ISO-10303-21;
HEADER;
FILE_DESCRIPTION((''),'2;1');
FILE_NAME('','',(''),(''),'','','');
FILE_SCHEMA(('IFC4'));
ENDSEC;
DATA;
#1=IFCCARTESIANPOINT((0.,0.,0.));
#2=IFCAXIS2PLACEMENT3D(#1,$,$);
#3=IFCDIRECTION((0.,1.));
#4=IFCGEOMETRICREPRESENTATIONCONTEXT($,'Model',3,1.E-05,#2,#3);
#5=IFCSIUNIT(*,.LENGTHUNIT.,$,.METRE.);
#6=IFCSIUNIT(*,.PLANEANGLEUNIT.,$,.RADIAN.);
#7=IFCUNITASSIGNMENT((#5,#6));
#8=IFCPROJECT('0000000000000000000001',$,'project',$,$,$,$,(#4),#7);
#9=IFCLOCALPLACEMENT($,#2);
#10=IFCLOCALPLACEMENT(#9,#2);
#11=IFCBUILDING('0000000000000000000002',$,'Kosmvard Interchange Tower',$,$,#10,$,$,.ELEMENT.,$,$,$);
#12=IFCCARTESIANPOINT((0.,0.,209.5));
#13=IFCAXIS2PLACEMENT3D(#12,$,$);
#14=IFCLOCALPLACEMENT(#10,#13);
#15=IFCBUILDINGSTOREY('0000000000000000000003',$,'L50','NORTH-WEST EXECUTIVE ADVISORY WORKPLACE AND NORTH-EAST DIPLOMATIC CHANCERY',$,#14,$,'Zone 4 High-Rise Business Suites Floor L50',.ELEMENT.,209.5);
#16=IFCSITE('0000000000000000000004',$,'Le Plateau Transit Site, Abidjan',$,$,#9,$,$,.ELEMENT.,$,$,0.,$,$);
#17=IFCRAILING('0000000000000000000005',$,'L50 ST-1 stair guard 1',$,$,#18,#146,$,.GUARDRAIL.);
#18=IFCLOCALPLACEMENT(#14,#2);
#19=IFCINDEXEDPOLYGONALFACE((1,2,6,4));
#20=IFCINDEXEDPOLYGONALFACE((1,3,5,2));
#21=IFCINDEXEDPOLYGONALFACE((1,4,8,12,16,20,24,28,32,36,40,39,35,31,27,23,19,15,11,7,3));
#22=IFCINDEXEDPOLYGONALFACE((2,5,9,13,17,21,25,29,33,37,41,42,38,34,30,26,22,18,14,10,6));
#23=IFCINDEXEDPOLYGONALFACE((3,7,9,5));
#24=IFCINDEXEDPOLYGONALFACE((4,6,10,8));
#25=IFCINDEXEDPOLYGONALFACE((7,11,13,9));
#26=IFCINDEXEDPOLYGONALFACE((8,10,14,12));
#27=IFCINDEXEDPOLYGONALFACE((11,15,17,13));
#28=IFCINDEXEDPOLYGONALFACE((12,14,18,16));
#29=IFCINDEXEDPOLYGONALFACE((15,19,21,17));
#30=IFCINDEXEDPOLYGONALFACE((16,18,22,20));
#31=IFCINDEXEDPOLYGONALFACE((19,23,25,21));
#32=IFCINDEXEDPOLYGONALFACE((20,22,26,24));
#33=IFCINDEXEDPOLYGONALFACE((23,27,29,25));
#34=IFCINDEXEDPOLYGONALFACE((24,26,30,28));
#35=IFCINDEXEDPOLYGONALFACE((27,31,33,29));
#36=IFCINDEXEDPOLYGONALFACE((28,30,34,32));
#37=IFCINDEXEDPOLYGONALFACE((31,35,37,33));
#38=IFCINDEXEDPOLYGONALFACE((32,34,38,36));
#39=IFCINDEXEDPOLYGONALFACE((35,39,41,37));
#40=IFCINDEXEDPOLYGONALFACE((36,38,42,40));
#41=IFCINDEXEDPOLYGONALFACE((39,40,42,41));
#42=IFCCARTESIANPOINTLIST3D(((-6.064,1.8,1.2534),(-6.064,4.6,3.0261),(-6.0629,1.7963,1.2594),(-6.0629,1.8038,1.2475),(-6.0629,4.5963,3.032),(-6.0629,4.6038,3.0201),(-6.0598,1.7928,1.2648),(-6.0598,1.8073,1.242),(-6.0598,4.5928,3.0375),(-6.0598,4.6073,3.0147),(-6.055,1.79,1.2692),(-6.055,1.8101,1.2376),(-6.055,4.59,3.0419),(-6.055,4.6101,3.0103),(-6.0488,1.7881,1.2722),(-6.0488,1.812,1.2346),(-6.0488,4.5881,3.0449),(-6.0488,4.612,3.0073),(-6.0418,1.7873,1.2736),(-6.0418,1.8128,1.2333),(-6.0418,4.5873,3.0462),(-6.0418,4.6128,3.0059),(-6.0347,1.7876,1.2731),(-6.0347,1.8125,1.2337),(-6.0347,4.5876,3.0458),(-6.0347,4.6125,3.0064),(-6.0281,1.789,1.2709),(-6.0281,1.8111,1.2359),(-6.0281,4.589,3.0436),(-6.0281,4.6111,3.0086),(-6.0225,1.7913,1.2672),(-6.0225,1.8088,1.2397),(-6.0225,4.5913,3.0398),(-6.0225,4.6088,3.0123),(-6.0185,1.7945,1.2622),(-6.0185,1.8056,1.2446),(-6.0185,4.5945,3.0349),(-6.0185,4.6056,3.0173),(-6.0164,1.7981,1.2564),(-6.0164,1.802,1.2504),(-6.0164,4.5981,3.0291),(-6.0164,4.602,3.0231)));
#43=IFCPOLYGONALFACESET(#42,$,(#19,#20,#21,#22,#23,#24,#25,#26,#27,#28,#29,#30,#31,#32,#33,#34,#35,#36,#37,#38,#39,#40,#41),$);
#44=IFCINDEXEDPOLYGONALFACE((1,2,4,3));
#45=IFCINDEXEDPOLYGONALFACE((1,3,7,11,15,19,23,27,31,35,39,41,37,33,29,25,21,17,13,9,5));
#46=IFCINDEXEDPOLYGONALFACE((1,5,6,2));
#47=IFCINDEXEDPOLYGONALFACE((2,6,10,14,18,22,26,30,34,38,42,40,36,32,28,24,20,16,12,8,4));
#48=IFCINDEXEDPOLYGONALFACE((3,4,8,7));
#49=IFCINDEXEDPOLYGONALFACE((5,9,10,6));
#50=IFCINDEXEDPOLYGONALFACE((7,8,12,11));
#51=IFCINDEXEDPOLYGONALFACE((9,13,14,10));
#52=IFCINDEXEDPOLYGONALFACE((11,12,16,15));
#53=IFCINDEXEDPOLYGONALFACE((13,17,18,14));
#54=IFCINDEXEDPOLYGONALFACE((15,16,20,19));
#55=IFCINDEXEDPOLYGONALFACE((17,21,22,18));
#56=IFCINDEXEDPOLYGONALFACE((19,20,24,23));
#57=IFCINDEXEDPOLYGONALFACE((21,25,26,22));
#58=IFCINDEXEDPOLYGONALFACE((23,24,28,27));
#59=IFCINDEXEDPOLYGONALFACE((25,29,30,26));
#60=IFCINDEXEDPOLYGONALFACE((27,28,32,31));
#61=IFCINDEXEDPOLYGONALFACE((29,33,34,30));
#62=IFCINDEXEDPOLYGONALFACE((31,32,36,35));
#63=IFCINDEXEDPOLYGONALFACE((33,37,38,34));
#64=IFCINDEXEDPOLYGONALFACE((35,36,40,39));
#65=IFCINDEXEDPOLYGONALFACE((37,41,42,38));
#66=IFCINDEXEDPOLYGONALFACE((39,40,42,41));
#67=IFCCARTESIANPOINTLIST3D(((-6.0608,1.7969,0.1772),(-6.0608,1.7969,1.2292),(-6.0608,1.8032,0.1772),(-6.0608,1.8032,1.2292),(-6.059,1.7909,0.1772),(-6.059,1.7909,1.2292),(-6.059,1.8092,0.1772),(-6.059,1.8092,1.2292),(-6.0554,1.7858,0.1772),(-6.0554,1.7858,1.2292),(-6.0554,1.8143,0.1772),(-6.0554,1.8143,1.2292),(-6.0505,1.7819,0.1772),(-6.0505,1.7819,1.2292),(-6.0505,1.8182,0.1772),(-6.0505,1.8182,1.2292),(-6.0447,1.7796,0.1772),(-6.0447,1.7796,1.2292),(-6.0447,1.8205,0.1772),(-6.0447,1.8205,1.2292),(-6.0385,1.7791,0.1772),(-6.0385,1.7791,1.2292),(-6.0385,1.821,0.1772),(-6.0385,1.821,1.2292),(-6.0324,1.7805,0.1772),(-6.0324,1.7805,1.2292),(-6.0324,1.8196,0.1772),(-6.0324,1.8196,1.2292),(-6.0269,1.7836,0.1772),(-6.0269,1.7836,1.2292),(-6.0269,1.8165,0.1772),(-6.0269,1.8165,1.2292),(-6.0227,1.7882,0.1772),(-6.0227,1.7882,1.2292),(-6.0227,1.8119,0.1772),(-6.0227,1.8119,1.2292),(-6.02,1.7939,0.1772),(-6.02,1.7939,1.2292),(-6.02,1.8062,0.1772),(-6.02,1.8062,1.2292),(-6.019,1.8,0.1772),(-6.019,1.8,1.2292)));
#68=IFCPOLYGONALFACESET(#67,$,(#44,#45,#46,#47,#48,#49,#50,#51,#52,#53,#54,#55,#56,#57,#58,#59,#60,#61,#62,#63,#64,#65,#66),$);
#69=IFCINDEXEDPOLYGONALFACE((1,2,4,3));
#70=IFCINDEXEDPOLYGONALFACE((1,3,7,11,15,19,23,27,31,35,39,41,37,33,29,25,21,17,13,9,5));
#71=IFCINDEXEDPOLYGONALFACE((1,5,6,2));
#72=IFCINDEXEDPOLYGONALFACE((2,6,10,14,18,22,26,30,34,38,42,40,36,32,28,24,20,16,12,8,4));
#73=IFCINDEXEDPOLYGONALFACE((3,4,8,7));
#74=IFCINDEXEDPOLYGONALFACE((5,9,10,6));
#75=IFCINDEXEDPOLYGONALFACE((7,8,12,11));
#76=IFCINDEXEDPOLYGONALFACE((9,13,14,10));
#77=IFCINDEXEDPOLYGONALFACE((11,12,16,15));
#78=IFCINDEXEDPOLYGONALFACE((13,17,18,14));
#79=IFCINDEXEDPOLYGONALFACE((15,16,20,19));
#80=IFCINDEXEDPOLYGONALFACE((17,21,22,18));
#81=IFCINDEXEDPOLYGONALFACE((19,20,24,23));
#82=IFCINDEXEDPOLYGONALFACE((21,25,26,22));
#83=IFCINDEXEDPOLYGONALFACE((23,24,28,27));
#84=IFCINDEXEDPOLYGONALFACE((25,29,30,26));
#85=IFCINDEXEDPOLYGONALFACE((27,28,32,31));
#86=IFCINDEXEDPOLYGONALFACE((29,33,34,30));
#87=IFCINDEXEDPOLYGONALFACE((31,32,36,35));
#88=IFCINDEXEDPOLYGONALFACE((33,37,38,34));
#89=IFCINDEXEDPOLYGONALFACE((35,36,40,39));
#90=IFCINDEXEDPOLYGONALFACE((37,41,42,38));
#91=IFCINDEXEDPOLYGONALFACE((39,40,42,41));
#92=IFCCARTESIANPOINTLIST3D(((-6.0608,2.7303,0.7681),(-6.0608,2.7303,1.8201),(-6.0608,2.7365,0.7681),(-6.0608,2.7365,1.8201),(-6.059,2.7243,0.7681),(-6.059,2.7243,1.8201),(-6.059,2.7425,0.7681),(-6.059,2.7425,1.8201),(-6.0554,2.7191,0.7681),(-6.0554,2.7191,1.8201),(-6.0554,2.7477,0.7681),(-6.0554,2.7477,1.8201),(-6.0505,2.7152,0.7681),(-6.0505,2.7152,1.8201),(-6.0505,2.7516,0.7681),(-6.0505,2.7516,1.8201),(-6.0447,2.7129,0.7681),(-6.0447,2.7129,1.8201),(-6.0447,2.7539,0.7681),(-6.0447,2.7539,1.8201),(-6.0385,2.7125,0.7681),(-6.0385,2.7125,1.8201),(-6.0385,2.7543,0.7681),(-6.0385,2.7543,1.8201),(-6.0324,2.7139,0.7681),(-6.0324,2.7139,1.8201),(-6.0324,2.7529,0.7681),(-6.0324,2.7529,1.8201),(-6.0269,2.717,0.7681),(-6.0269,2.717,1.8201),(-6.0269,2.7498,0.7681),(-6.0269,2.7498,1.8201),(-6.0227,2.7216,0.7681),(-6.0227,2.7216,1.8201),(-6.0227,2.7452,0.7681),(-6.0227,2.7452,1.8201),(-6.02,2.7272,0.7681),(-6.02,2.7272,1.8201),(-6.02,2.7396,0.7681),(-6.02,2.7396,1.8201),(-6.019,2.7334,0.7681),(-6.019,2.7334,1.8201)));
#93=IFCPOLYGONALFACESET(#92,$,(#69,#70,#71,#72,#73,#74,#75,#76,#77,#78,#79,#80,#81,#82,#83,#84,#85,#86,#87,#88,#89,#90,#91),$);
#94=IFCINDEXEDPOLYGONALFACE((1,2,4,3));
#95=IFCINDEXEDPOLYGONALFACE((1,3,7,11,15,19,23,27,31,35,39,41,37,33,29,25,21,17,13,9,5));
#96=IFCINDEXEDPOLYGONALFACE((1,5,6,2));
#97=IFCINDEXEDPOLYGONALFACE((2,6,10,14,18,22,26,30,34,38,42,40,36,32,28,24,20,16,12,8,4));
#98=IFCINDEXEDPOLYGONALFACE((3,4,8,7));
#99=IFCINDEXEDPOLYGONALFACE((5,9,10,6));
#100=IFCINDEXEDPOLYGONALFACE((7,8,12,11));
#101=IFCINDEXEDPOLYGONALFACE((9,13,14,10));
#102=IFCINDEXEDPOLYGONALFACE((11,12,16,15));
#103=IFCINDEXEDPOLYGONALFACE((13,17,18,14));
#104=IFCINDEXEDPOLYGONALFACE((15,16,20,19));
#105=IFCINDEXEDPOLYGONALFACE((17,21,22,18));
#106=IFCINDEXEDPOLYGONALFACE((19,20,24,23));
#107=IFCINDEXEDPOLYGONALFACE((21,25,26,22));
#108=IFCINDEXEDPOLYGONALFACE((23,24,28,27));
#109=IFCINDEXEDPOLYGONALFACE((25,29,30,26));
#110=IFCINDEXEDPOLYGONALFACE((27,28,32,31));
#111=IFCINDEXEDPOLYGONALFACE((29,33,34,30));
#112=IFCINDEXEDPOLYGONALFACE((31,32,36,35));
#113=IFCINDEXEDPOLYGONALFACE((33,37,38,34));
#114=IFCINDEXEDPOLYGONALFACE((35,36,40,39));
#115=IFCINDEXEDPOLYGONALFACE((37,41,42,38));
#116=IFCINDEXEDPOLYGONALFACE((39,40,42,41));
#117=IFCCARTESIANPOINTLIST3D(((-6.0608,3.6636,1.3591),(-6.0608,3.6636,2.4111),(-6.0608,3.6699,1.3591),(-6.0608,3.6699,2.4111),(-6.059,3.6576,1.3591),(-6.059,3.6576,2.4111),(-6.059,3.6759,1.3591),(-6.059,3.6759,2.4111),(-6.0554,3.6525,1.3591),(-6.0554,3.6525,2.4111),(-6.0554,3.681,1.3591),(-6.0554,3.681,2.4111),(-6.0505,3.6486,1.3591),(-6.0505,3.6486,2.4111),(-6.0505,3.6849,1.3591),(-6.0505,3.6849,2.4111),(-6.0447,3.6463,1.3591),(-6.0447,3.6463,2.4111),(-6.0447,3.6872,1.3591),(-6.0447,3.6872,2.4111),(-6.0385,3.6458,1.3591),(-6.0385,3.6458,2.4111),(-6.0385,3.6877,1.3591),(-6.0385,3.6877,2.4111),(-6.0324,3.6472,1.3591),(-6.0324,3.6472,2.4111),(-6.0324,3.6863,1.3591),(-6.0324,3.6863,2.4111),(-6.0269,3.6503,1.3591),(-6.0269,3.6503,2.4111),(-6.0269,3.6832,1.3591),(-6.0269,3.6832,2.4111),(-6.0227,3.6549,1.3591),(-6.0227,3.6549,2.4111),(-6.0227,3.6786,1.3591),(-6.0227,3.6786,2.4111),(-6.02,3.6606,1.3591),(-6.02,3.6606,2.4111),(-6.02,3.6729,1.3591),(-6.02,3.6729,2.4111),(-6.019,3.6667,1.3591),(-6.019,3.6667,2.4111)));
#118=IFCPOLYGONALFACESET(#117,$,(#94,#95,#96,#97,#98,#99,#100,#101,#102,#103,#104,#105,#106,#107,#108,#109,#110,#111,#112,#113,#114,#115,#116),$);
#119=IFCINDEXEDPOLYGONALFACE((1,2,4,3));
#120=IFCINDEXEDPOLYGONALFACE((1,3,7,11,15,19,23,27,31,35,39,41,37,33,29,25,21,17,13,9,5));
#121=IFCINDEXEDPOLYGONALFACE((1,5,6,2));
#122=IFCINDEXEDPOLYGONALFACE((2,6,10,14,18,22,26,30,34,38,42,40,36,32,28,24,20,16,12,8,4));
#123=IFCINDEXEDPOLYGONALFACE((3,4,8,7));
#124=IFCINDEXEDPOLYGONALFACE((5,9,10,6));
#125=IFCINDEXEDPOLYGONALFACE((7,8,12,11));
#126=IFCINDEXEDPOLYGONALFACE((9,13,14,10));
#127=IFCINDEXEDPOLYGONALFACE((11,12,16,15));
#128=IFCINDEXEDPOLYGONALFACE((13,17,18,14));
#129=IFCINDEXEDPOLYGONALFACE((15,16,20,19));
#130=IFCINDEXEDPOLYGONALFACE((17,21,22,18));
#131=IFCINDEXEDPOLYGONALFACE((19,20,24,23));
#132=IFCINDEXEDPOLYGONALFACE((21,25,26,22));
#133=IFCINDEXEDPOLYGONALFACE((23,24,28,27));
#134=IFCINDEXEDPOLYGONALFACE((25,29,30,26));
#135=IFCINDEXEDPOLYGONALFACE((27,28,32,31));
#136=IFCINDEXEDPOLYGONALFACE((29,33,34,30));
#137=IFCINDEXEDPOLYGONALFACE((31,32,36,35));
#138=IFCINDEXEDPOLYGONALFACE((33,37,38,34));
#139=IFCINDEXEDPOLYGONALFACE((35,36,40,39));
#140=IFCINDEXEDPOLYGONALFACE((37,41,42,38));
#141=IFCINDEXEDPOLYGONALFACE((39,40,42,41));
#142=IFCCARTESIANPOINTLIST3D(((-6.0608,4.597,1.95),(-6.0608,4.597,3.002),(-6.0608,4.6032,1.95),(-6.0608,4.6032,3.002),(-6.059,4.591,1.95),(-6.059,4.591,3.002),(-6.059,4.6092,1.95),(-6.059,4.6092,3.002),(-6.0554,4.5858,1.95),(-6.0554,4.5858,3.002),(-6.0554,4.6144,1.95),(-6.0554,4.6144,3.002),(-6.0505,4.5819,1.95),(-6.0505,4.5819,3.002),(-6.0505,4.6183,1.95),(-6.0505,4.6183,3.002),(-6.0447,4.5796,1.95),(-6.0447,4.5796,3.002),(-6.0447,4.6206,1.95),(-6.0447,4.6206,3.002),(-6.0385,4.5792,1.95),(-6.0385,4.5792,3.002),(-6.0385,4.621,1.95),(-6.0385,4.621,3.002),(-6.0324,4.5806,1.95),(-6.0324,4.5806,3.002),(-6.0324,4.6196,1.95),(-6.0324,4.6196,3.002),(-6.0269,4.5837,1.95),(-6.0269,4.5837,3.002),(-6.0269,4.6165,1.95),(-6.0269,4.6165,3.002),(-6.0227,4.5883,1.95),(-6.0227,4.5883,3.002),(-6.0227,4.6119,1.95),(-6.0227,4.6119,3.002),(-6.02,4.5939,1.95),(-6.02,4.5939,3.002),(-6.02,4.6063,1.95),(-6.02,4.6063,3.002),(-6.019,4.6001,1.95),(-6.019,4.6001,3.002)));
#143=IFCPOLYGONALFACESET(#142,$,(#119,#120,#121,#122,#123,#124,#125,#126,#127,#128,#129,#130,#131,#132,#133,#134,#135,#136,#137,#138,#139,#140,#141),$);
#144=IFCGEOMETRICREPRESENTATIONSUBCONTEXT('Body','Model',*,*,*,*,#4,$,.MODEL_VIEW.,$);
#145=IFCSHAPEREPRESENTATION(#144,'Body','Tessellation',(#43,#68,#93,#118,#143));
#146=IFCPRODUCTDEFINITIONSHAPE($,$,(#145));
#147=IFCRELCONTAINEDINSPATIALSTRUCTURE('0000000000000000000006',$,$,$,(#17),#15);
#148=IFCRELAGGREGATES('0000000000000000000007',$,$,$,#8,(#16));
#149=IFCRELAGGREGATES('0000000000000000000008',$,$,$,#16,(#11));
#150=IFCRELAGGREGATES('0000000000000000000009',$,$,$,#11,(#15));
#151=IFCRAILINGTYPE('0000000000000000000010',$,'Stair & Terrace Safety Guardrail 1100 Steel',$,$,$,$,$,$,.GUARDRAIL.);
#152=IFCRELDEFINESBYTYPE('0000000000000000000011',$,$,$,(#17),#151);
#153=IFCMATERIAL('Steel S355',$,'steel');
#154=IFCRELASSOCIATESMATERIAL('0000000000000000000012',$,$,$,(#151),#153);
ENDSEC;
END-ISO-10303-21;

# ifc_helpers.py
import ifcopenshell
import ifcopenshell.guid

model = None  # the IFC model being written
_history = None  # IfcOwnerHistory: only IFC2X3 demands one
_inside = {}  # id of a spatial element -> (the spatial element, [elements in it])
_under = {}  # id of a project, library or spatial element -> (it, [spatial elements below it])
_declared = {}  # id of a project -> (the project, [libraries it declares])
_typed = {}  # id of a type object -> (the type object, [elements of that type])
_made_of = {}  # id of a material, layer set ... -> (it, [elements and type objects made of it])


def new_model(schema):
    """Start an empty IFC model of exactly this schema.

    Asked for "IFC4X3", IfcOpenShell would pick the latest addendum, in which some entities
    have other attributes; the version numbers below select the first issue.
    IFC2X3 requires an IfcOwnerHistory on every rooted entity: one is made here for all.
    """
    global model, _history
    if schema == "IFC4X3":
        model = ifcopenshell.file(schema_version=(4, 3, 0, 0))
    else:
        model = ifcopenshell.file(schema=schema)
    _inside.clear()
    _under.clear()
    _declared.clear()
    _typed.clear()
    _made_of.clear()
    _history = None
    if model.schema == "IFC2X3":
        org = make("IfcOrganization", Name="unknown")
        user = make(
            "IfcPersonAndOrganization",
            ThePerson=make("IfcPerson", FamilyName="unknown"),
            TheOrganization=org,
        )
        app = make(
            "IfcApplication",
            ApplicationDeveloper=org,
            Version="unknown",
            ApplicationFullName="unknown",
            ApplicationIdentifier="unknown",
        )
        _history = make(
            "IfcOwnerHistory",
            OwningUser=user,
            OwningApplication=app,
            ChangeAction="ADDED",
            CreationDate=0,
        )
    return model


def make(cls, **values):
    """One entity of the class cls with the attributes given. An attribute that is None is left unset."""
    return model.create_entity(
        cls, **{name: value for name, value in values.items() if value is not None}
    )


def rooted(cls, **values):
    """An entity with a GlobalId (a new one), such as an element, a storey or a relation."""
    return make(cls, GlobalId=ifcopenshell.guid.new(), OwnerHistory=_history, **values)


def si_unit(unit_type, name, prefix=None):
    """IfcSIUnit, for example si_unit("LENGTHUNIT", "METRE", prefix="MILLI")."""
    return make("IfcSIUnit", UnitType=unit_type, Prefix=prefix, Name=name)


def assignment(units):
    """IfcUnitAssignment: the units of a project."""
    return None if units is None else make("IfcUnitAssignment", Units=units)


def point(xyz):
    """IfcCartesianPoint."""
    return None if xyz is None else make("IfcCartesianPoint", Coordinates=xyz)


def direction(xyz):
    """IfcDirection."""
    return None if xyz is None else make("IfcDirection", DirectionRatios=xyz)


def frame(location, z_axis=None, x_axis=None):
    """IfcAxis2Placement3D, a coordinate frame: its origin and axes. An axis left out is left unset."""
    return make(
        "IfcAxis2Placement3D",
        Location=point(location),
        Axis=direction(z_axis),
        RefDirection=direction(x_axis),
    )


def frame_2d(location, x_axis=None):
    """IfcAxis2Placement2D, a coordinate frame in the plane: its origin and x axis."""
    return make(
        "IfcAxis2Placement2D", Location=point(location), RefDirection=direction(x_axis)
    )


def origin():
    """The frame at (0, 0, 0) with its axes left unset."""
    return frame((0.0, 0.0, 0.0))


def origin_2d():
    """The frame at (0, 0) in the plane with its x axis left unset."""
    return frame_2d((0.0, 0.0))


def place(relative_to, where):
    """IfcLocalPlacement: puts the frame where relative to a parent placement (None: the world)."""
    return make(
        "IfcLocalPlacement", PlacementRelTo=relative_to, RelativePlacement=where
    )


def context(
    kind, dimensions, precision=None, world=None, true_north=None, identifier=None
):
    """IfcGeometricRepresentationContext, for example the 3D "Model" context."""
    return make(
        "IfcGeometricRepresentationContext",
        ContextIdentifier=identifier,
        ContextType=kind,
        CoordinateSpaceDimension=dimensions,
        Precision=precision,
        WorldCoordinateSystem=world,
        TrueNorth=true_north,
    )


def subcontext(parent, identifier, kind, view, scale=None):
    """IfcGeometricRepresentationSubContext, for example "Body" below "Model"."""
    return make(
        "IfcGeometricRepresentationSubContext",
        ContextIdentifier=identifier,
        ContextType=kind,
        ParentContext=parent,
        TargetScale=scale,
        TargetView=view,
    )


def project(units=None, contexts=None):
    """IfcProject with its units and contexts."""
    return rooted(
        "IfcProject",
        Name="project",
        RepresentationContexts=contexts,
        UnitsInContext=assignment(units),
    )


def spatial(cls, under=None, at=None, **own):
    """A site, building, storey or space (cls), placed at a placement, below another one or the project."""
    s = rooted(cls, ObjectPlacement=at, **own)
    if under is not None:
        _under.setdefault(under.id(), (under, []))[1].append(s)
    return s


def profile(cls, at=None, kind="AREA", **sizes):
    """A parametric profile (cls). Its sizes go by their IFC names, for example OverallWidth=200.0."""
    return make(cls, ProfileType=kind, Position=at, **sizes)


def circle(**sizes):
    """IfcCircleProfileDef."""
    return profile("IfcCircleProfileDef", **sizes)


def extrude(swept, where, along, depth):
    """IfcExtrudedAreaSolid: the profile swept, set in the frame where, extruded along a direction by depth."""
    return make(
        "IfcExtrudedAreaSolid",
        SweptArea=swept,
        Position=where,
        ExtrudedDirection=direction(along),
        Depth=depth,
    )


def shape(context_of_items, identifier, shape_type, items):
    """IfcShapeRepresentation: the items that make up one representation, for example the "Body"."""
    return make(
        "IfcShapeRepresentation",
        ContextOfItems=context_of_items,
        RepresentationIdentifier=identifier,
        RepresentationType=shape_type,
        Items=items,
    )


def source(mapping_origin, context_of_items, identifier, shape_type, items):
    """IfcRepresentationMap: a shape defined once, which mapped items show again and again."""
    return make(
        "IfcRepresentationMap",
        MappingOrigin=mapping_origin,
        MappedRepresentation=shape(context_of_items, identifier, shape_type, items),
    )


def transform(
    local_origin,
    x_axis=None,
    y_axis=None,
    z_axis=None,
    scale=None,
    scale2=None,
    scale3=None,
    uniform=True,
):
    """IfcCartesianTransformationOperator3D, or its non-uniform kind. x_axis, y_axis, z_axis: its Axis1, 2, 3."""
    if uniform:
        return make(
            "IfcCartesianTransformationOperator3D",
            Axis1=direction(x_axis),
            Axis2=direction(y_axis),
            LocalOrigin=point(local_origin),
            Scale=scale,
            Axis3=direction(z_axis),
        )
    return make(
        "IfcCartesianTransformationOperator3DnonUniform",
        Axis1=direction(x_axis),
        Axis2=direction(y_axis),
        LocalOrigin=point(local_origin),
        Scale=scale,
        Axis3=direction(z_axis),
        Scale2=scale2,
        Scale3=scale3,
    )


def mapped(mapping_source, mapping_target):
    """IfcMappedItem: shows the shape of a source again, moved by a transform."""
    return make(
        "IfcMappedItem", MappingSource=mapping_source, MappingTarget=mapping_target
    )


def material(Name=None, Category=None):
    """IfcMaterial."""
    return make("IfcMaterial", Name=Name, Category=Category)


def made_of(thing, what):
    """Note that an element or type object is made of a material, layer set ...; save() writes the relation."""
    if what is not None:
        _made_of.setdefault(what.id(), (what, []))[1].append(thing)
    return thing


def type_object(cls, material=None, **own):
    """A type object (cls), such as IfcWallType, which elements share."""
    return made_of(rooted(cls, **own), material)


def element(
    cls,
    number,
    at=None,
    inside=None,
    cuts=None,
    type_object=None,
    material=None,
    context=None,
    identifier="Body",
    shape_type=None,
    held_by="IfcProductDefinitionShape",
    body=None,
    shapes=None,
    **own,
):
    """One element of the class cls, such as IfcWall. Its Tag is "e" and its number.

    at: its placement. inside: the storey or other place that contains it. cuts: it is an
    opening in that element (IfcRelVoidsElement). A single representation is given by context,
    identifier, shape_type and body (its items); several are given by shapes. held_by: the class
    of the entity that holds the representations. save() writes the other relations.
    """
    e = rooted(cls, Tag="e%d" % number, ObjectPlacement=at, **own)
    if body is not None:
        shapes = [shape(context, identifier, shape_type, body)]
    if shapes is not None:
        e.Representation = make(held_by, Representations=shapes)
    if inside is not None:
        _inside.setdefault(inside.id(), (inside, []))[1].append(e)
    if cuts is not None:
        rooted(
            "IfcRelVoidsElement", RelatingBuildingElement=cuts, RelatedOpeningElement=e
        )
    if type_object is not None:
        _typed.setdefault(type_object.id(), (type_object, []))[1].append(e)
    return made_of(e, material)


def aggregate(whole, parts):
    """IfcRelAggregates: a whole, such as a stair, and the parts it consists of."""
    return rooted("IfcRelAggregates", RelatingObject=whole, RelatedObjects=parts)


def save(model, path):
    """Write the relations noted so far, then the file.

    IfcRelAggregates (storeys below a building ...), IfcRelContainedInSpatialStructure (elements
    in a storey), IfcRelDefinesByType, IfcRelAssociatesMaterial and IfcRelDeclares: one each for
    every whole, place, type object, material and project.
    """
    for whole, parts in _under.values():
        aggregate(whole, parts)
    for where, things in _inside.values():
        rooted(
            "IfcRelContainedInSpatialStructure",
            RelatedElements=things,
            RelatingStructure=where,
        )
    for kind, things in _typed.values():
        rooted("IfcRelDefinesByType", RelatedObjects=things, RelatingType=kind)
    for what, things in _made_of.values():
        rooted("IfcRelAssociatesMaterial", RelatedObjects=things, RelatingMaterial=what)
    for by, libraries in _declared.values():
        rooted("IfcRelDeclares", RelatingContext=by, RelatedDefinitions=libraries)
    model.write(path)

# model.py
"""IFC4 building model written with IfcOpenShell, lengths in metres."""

from ifc_helpers import new_model, si_unit, direction, frame, origin, origin_2d, place, context, subcontext, project, spatial, circle, extrude, source, transform, mapped, material, type_object, element, save


model = new_model("IFC4")

# Units and contexts
model_context = context("Model", 3, precision=1e-05, world=origin(), true_north=direction((0.0, 1.0)))
body_context = subcontext(model_context, "Body", "Model", "MODEL_VIEW")
ifc_project = project(units=[si_unit("LENGTHUNIT", "METRE"), si_unit("PLANEANGLEUNIT", "RADIAN")], contexts=[model_context])

# Site, building, storey
site_placement = place(None, origin())
site = spatial("IfcSite", under=ifc_project, at=site_placement, Name="Le Plateau Transit Site, Abidjan", CompositionType="ELEMENT", RefElevation=0.0)
building_placement = place(site_placement, origin())
building = spatial("IfcBuilding", under=site, at=building_placement, Name="Kosmvard Interchange Tower", CompositionType="ELEMENT")
storey_placement = place(building_placement, frame((0.0, 0.0, 209.5)))
storey = spatial("IfcBuildingStorey", under=building, at=storey_placement, Name="L50", Description="NORTH-WEST EXECUTIVE ADVISORY WORKPLACE AND NORTH-EAST DIPLOMATIC CHANCERY", LongName="Zone 4 High-Rise Business Suites Floor L50", CompositionType="ELEMENT", Elevation=209.5)

# Railing
ifc_material_1 = material(Name="Steel S355", Category="steel")
railing_type_1 = type_object("IfcRailingType", Name="Stair & Terrace Safety Guardrail 1100 Steel", PredefinedType="GUARDRAIL", material=ifc_material_1)
shared_shape_1 = source(origin(), body_context, "Body", "SweptSolid", [
    extrude(circle(Radius=0.0239, at=origin_2d()), frame((0.0, 0.0, 1.0762), z_axis=(0.0, 0.844909, 0.53491), x_axis=(-1.0, 0.0, 0.0)), (0.0, 0.0, 1.0), 3.314),
    extrude(circle(Radius=0.021, at=origin_2d()), origin(), (0.0, 0.0, 1.0), 1.052),
    extrude(circle(Radius=0.021, at=origin_2d()), frame((0.0, 0.9333, 0.5908)), (0.0, 0.0, 1.0), 1.052),
    extrude(circle(Radius=0.021, at=origin_2d()), frame((0.0, 1.8667, 1.1819)), (0.0, 0.0, 1.0), 1.052),
    extrude(circle(Radius=0.021, at=origin_2d()), frame((0.0, 2.8, 1.7727)), (0.0, 0.0, 1.0), 1.052),
])
railing_1_placement = place(storey_placement, frame((-6.04, 1.8, 0.1772)))
element("IfcRailing", 1, at=railing_1_placement, inside=storey, type_object=railing_type_1, Name="L50 ST-1 stair guard 1", PredefinedType="GUARDRAIL", context=body_context, shape_type="MappedRepresentation", body=[
    mapped(shared_shape_1, transform((0.0, 0.0, 0.0), scale=1.0)),
])

save(model, "model.ifc")
